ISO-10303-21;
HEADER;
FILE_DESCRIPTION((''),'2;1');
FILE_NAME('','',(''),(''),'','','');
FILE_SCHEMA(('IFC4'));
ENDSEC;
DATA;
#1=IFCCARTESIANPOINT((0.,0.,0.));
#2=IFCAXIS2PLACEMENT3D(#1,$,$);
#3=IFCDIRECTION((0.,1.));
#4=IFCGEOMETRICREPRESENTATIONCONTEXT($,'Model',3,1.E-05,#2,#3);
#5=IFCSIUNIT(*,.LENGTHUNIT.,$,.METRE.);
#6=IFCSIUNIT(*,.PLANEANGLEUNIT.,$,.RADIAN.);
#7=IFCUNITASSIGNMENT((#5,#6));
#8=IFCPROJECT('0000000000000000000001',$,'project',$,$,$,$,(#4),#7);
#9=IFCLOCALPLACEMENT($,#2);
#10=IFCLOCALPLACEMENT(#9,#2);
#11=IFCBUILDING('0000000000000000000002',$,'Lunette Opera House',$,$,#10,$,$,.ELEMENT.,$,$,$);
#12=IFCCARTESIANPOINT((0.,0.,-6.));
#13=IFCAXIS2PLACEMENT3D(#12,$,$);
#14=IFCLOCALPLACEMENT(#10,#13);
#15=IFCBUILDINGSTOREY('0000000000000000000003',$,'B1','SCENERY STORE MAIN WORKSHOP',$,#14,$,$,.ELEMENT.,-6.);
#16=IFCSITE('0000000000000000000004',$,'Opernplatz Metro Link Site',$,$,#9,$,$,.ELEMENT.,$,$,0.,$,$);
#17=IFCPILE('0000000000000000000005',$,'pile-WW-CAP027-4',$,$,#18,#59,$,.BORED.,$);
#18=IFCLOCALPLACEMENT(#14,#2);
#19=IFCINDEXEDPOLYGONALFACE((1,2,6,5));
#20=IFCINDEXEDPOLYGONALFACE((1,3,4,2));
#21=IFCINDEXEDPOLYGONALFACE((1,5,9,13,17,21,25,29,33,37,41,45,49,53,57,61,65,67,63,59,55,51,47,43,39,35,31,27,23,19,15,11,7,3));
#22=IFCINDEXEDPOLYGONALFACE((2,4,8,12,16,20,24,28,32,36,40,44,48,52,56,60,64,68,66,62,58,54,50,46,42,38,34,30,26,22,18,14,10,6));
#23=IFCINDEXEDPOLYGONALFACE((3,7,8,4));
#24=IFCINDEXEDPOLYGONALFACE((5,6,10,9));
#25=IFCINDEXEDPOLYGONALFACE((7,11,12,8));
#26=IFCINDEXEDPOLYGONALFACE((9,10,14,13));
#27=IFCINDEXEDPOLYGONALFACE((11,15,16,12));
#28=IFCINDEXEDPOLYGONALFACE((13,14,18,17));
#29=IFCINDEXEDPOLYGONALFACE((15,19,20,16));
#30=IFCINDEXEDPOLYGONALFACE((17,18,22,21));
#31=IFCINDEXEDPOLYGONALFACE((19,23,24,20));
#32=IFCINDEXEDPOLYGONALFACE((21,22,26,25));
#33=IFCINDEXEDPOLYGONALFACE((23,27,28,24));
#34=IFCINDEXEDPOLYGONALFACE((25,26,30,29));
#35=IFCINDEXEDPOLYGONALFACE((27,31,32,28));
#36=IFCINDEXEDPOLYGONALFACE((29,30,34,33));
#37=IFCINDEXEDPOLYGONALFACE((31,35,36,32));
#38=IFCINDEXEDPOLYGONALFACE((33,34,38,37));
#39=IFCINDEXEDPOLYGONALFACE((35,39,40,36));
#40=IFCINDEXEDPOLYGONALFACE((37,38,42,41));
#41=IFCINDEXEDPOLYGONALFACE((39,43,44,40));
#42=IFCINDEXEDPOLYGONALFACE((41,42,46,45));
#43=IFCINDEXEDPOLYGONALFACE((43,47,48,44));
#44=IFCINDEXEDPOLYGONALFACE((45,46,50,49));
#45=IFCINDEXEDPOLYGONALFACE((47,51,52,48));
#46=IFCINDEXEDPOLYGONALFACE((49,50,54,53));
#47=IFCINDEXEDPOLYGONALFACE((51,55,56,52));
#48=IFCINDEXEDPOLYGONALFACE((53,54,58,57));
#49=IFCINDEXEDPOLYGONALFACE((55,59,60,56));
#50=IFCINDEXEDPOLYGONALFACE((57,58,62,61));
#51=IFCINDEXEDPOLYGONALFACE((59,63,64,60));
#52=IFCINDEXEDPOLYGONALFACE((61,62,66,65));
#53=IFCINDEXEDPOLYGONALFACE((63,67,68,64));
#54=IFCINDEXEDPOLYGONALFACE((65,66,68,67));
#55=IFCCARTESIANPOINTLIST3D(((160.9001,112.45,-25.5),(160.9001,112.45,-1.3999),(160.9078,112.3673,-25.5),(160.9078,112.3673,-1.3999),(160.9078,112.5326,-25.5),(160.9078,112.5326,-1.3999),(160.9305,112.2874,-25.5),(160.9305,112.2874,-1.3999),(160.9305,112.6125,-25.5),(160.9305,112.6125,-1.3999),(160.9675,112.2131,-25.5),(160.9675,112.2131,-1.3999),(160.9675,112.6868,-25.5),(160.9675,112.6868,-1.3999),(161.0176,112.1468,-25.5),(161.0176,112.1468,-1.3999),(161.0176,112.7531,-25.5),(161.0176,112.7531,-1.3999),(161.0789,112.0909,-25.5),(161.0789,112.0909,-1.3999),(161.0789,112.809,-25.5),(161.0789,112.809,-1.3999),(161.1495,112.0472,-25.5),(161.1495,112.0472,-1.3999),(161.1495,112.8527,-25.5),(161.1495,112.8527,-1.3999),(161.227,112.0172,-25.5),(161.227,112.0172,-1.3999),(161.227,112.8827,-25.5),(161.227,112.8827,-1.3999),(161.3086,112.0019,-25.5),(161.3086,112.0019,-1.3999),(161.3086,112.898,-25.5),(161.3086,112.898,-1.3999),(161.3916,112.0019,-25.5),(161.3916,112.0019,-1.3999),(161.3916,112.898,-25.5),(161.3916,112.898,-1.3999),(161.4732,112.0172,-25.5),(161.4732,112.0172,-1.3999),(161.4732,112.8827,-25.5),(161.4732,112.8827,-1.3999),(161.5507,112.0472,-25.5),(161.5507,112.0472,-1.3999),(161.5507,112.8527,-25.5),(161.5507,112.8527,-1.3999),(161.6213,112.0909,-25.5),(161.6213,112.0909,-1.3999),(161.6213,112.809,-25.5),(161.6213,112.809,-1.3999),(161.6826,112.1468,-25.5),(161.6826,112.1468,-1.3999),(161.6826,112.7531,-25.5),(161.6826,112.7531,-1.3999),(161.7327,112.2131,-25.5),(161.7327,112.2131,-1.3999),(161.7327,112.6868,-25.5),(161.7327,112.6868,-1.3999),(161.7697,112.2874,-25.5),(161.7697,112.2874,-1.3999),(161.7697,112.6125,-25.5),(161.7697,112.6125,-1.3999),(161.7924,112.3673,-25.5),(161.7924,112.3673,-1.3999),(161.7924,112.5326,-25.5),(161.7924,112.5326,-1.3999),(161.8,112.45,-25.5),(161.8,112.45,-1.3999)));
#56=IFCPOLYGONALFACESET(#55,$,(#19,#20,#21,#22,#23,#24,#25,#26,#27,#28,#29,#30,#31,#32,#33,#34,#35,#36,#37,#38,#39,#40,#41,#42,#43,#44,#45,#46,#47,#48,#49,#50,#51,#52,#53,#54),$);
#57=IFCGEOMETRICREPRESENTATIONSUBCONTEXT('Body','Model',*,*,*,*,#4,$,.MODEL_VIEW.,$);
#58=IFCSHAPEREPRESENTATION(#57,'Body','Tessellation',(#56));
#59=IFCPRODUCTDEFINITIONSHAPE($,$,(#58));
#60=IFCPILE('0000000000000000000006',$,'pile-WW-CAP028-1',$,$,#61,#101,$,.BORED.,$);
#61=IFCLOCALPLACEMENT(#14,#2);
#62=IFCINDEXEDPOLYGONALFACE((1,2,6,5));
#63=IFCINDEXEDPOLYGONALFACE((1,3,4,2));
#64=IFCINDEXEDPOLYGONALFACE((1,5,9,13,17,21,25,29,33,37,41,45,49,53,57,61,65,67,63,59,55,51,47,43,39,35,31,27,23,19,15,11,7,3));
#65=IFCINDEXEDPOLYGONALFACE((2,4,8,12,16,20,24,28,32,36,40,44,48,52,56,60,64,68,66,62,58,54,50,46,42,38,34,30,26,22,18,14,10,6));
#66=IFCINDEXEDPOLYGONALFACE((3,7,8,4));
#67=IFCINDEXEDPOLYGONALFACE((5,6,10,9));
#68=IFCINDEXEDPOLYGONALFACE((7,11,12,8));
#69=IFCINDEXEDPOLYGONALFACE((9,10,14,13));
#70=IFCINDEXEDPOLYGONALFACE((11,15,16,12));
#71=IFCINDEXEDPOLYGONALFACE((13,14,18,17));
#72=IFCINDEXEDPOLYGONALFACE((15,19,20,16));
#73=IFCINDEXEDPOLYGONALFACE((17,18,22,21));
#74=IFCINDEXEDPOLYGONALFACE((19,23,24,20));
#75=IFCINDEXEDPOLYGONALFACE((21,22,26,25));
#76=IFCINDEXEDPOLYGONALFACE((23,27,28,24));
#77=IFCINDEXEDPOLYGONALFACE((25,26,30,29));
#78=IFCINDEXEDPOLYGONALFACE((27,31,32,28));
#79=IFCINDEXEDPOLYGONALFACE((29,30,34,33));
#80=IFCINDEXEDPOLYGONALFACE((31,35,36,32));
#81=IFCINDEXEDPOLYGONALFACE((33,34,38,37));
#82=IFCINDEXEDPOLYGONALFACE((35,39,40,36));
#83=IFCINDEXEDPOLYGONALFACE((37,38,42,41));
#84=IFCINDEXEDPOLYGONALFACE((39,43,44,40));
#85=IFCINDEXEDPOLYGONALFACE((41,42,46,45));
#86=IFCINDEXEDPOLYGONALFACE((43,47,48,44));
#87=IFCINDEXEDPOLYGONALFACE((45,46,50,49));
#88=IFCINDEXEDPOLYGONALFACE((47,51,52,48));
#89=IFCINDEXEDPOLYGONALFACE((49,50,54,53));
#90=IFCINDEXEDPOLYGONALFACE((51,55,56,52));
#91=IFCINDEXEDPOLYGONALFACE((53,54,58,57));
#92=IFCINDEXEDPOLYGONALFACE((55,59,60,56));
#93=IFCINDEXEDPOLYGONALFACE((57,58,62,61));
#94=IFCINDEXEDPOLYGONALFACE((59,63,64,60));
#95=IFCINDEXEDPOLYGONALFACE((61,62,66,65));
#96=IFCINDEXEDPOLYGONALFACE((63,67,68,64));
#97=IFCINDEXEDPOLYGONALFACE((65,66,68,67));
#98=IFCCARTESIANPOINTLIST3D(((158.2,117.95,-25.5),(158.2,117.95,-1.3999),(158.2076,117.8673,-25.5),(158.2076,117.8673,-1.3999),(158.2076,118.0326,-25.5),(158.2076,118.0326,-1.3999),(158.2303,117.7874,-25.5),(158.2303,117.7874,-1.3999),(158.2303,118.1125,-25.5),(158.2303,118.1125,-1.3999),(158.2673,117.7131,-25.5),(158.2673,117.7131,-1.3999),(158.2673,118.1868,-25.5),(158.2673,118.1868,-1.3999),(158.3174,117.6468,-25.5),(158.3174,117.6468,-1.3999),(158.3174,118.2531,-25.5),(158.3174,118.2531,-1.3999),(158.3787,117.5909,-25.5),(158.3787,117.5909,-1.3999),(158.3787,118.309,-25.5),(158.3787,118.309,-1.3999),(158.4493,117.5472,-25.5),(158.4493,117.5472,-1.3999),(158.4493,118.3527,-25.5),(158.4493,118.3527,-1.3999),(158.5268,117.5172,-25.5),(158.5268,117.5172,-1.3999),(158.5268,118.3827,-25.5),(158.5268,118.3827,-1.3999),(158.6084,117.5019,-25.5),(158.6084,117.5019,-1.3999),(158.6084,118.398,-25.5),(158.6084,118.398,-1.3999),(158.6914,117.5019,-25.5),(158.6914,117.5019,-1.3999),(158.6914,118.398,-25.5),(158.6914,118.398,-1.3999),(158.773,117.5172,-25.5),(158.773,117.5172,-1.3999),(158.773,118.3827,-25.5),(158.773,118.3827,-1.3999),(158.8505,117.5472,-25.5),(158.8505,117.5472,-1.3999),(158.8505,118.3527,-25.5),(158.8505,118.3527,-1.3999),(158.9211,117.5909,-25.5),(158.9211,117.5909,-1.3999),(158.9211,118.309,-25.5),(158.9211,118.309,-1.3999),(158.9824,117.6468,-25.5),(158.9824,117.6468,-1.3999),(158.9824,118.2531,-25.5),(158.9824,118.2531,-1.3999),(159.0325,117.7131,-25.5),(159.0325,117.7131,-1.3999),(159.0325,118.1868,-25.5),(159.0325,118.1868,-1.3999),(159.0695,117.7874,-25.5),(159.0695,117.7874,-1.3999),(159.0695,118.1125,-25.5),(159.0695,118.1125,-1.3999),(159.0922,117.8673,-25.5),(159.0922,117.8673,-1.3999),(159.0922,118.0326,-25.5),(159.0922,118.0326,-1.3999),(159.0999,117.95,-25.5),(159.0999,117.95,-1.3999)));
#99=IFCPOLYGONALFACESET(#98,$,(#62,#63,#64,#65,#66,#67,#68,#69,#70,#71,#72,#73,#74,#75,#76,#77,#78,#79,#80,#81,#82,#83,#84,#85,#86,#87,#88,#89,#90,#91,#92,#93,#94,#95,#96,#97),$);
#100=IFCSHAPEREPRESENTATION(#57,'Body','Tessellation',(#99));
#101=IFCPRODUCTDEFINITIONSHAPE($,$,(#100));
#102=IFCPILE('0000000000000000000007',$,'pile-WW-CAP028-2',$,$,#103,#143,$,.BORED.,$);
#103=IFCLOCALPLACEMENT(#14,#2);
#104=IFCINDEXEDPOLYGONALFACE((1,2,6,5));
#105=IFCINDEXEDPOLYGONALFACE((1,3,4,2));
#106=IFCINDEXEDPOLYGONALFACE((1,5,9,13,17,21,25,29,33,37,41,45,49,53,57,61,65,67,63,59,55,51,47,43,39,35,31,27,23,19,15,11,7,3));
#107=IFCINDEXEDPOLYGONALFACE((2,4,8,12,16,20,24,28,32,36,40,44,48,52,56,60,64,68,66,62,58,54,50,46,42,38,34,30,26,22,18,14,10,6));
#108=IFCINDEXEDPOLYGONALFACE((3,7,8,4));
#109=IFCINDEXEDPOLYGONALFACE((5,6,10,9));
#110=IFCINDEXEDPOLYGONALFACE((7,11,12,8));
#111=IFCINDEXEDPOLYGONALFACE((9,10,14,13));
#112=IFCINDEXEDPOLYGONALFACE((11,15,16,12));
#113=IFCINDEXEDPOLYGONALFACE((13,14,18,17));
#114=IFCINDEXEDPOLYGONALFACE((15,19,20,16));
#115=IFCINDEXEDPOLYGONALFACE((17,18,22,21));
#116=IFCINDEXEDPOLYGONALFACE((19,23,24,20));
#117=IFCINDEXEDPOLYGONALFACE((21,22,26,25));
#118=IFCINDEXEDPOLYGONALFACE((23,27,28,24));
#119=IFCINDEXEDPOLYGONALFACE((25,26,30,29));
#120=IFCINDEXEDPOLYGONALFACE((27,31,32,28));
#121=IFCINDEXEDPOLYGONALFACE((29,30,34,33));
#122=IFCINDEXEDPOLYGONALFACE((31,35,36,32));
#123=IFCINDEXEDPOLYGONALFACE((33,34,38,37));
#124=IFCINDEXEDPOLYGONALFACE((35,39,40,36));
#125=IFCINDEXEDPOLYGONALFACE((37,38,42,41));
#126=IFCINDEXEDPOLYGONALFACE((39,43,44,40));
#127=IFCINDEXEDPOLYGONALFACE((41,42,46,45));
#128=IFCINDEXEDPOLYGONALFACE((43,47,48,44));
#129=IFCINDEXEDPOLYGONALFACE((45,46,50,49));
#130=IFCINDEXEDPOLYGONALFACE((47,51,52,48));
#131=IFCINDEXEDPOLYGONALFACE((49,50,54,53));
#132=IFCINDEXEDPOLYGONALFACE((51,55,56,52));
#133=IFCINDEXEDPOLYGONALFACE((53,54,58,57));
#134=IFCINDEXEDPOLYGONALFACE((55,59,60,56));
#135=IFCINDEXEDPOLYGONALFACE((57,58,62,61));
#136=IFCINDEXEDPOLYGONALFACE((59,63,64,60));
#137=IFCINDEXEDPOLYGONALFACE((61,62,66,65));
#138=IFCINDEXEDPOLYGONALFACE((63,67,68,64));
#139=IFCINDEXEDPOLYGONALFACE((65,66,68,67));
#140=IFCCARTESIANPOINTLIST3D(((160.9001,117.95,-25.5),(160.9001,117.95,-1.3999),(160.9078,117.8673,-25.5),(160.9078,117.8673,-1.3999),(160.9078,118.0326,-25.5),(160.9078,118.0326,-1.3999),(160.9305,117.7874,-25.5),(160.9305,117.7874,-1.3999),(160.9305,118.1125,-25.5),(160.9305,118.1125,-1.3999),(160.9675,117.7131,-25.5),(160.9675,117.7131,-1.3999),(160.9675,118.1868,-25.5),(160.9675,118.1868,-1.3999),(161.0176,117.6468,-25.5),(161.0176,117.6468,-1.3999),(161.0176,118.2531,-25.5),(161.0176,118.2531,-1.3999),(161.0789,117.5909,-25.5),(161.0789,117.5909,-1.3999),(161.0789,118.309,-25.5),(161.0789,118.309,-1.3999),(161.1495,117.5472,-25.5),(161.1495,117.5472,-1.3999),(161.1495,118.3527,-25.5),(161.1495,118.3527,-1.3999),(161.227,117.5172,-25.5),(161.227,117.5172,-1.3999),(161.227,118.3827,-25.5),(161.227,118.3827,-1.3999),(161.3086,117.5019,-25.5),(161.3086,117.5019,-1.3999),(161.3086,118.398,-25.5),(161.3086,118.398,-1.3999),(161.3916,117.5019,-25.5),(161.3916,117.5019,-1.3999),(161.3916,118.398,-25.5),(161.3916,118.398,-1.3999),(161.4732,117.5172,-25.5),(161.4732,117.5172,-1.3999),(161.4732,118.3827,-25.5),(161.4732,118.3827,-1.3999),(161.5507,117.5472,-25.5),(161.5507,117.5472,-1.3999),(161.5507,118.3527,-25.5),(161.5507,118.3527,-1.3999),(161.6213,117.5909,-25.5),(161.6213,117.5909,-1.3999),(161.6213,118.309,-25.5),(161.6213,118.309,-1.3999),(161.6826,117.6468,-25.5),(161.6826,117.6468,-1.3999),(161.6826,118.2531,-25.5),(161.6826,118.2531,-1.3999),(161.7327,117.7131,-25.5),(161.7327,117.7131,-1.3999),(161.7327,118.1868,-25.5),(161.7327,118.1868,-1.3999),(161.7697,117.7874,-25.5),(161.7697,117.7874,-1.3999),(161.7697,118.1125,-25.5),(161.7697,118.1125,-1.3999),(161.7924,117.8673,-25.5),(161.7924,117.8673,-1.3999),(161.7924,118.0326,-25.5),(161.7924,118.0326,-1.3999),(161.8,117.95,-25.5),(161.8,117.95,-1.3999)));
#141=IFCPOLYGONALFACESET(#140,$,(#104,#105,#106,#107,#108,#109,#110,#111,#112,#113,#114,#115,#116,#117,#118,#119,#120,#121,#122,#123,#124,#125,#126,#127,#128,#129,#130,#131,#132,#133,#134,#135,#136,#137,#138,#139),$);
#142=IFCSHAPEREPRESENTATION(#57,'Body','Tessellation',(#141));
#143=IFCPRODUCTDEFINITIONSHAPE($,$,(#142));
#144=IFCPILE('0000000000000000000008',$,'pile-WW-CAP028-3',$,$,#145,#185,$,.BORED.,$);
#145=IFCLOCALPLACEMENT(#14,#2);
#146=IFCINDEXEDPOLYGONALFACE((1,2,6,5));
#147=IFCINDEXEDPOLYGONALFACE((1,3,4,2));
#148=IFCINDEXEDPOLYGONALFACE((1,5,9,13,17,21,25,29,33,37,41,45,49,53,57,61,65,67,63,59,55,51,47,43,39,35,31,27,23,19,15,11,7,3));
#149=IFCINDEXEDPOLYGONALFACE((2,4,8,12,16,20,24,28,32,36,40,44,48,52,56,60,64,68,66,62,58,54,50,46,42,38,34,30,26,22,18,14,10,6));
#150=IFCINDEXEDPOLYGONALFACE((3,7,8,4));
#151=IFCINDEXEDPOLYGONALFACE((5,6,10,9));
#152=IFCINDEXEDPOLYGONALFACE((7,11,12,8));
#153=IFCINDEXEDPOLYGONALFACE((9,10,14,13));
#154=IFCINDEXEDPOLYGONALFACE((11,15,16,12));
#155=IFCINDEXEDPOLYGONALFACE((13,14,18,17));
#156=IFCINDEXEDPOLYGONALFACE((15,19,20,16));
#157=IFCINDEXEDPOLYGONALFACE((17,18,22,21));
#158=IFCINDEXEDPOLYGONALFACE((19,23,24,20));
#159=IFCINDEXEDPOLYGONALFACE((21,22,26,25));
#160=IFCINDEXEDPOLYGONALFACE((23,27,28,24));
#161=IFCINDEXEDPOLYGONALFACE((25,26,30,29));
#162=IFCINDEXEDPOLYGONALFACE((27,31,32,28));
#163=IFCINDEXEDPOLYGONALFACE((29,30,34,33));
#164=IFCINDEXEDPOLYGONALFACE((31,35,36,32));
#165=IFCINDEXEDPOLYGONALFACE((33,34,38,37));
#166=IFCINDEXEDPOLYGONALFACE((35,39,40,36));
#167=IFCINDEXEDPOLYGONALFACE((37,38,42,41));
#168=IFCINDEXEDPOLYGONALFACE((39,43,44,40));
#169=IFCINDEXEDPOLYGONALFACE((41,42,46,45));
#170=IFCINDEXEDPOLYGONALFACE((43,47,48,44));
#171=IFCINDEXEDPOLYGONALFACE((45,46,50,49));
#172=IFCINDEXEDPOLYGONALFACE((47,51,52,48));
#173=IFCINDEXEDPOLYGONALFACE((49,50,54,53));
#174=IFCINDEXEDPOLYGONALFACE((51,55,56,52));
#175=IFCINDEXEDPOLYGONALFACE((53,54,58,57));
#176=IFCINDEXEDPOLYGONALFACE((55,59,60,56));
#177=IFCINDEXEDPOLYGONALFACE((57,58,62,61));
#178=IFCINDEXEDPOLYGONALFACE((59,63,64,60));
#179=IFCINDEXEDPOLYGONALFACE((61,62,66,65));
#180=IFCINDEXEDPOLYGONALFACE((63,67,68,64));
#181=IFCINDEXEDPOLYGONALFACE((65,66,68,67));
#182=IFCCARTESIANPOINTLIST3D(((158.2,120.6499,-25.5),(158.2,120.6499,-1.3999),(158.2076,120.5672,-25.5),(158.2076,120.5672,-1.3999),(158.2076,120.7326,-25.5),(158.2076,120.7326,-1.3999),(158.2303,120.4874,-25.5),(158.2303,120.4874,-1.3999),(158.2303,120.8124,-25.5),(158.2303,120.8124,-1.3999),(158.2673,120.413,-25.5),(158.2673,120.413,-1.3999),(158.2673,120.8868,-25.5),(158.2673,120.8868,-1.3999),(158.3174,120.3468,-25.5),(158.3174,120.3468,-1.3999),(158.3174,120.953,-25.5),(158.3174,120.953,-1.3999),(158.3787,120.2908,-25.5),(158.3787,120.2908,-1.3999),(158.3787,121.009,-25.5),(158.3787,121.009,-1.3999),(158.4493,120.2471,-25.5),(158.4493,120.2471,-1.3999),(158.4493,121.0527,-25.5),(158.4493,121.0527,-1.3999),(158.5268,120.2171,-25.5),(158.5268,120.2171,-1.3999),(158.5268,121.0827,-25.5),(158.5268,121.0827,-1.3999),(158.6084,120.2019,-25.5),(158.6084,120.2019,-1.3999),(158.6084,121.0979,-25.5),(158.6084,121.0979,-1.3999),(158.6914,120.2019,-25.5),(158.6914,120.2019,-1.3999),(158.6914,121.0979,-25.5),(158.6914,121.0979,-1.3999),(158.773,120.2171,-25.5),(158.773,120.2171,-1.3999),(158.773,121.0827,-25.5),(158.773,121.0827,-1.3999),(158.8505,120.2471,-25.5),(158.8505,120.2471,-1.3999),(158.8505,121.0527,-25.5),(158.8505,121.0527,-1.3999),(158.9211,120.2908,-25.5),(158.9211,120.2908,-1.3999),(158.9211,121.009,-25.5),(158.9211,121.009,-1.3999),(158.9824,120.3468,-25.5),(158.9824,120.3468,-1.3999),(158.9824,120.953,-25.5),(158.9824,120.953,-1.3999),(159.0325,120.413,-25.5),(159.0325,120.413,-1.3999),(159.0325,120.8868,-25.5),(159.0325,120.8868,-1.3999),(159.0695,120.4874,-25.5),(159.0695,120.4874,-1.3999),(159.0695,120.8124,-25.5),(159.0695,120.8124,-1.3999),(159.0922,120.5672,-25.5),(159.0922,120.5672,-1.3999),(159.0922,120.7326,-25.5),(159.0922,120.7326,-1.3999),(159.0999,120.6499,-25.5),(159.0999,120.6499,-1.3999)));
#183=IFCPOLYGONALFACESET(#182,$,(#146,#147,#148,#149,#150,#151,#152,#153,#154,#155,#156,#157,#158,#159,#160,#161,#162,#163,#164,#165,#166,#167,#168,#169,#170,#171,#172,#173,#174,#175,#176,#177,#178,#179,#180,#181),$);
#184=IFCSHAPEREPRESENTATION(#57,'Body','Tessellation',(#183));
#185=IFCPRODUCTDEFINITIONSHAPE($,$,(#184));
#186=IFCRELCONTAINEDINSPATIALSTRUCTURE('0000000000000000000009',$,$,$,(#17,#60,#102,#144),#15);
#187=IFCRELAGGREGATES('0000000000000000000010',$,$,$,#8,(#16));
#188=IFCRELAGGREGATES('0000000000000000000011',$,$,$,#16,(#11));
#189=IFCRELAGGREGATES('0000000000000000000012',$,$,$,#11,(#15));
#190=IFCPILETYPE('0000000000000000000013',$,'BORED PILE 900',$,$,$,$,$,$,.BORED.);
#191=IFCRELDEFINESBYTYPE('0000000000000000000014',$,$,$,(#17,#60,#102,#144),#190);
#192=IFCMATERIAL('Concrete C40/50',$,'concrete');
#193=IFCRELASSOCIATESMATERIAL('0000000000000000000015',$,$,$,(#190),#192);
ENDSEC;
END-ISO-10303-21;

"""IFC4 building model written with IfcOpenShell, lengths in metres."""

from ifc_helpers import new_model, si_unit, direction, frame, origin, origin_2d, place, context, subcontext, project, spatial, circle, extrude, material, material_profile, profile_set, type_object, element, save


model = new_model("IFC4")

# Units and contexts
model_context = context("Model", 3, precision=1e-05, world=origin(), true_north=direction((0.0, 1.0)))
body_context = subcontext(model_context, "Body", "Model", "MODEL_VIEW")
ifc_project = project(units=[si_unit("LENGTHUNIT", "METRE"), si_unit("PLANEANGLEUNIT", "RADIAN")], contexts=[model_context])

# Site, building, storey
site_placement = place(None, origin())
site = spatial("IfcSite", under=ifc_project, at=site_placement, Name="Opernplatz Metro Link Site", CompositionType="ELEMENT", RefElevation=0.0)
building_placement = place(site_placement, origin())
building = spatial("IfcBuilding", under=site, at=building_placement, Name="Lunette Opera House", CompositionType="ELEMENT")
storey_placement = place(building_placement, frame((0.0, 0.0, -6.0)))
storey = spatial("IfcBuildingStorey", under=building, at=storey_placement, Name="B1", Description="SCENERY STORE MAIN WORKSHOP", CompositionType="ELEMENT", Elevation=-6.0)

# Piles
ifc_material_1 = material(Name="Concrete C40/50", Category="concrete")
ifc_material_profile_1 = material_profile(ifc_material_1, circle(Radius=0.45, at=origin_2d()), Name="BORED PILE 900")
ifc_profile_set_1 = profile_set([ifc_material_profile_1], Name="Concrete C40/50")
pile_type = type_object("IfcPileType", Name="BORED PILE 900", PredefinedType="BORED", material=ifc_profile_set_1)
for number, where, z_axis, x_axis, name in (
    (1, (161.3501, 112.45, -1.3999), (0.0, 0.0, -1.0), (1.0, 0.0, 0.0), "pile-WW-CAP027-4"),
    (2, (158.6499, 117.95, -1.3999), (0.0, 0.0, -1.0), (1.0, 0.0, 0.0), "pile-WW-CAP028-1"),
    (3, (161.3501, 117.95, -1.3999), (0.0, 0.0, -1.0), (1.0, 0.0, 0.0), "pile-WW-CAP028-2"),
    (4, (158.6499, 120.6499, -1.3999), (0.0, 0.0, -1.0), (1.0, 0.0, 0.0), "pile-WW-CAP028-3"),
):
    element("IfcPile", number, at=place(storey_placement, frame(where, z_axis=z_axis, x_axis=x_axis)), inside=storey, type_object=pile_type, Name=name, PredefinedType="BORED", context=body_context, shape_type="SweptSolid", body=[
        extrude(circle(Radius=0.45, at=origin_2d()), origin(), (0.0, 0.0, 1.0), 24.1001),
    ])

save(model, "model.ifc")
